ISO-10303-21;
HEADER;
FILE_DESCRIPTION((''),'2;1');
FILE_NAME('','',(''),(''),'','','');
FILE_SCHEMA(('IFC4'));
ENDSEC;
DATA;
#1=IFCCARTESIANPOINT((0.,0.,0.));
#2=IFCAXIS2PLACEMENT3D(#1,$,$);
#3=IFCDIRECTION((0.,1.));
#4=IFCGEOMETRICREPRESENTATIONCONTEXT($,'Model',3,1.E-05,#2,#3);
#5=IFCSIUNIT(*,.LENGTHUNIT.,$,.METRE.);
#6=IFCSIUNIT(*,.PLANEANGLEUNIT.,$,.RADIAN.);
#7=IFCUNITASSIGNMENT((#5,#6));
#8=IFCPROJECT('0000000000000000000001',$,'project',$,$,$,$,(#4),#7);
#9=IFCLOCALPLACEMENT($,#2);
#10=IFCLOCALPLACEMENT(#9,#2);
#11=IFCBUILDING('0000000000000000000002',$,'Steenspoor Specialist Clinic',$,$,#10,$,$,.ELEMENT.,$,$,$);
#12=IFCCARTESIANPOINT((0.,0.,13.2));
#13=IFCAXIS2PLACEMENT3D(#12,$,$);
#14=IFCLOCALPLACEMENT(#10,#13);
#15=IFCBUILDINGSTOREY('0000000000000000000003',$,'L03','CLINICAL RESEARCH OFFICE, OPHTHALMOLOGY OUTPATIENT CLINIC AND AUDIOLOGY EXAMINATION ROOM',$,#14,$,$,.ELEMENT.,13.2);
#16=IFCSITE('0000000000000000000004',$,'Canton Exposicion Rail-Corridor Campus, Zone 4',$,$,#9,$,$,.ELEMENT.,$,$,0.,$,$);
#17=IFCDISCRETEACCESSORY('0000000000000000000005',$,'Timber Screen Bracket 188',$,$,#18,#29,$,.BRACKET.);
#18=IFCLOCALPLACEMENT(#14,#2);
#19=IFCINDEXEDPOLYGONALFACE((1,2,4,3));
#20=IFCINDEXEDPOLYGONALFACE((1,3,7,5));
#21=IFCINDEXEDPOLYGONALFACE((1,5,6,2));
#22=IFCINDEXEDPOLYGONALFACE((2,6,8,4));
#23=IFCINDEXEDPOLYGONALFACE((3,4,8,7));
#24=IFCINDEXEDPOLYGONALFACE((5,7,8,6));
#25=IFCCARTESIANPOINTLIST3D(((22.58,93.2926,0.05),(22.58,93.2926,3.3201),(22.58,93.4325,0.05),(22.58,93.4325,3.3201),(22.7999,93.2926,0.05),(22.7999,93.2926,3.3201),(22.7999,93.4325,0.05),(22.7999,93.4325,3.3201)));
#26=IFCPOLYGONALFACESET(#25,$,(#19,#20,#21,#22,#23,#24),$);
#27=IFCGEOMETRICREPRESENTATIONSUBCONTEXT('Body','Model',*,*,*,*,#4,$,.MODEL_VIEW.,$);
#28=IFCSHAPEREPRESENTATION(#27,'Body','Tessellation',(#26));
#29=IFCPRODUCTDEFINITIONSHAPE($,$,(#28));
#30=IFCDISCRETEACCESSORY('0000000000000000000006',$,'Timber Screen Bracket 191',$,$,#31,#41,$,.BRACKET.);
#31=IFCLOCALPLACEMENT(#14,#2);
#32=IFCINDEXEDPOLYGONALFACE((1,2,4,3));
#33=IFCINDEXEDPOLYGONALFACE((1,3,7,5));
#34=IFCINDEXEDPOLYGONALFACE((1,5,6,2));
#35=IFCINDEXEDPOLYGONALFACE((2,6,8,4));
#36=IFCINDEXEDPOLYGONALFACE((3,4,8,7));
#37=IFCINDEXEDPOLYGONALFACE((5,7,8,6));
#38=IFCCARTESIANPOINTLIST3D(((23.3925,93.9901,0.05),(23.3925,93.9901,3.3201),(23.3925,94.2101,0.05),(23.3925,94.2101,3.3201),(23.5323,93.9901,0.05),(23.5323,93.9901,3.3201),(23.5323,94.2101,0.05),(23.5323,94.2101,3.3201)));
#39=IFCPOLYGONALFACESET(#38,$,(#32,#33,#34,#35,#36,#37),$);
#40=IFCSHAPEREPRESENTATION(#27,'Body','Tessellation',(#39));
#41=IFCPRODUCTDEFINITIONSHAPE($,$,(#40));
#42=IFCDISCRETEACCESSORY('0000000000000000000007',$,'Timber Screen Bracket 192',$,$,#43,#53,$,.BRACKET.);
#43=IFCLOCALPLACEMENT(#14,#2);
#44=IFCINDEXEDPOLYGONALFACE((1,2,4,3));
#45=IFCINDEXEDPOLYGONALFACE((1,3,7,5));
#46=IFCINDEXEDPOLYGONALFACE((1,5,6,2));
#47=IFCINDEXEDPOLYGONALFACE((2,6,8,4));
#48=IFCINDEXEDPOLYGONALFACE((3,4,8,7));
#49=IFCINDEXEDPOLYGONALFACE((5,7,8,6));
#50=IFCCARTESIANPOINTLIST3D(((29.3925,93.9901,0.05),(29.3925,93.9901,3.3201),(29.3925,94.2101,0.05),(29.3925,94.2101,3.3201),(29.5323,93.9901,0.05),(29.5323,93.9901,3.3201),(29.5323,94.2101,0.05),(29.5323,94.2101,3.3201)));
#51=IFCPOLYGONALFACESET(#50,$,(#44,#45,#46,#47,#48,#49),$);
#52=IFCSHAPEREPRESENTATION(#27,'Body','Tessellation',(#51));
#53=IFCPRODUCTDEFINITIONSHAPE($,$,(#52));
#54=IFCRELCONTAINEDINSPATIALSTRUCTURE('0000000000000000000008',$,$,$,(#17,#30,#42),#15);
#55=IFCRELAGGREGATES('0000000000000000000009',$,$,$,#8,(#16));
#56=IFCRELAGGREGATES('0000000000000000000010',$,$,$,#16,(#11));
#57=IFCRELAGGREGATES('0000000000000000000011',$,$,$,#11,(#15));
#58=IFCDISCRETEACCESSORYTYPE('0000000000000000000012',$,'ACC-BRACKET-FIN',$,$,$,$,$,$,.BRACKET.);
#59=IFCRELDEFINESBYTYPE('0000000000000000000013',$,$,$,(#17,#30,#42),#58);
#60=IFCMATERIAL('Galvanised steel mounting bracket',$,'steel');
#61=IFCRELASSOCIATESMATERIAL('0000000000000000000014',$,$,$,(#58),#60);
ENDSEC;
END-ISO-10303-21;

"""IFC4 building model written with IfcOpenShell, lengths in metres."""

from ifc_helpers import new_model, si_unit, direction, frame, origin, origin_2d, place, context, subcontext, project, spatial, rectangle, extrude, material, type_object, element, save


model = new_model("IFC4")

# Units and contexts
model_context = context("Model", 3, precision=1e-05, world=origin(), true_north=direction((0.0, 1.0)))
body_context = subcontext(model_context, "Body", "Model", "MODEL_VIEW")
ifc_project = project(units=[si_unit("LENGTHUNIT", "METRE"), si_unit("PLANEANGLEUNIT", "RADIAN")], contexts=[model_context])

# Site, building, storey
site_placement = place(None, origin())
site = spatial("IfcSite", under=ifc_project, at=site_placement, Name="Canton Exposicion Rail-Corridor Campus, Zone 4", CompositionType="ELEMENT", RefElevation=0.0)
building_placement = place(site_placement, origin())
building = spatial("IfcBuilding", under=site, at=building_placement, Name="Steenspoor Specialist Clinic", CompositionType="ELEMENT")
storey_placement = place(building_placement, frame((0.0, 0.0, 13.2)))
storey = spatial("IfcBuildingStorey", under=building, at=storey_placement, Name="L03", Description="CLINICAL RESEARCH OFFICE, OPHTHALMOLOGY OUTPATIENT CLINIC AND AUDIOLOGY EXAMINATION ROOM", CompositionType="ELEMENT", Elevation=13.2)

# Discrete accessories
ifc_material_1 = material(Name="Galvanised steel mounting bracket", Category="steel")
discrete_accessory_type = type_object("IfcDiscreteAccessoryType", Name="ACC-BRACKET-FIN", PredefinedType="BRACKET", material=ifc_material_1)
for number, where, z_axis, x_axis, name in (
    (1, (22.6899, 93.3625, 0.05), (0.0, 0.0, 1.0), (-1.0, 0.0, 0.0), "Timber Screen Bracket 188"),
    (2, (23.4624, 94.1001, 0.05), (0.0, 0.0, 1.0), (0.0, 1.0, 0.0), "Timber Screen Bracket 191"),
    (3, (29.4624, 94.1001, 0.05), (0.0, 0.0, 1.0), (0.0, 1.0, 0.0), "Timber Screen Bracket 192"),
):
    element("IfcDiscreteAccessory", number, at=place(storey_placement, frame(where, z_axis=z_axis, x_axis=x_axis)), inside=storey, type_object=discrete_accessory_type, Name=name, PredefinedType="BRACKET", context=body_context, shape_type="SweptSolid", body=[
        extrude(rectangle(XDim=0.22, YDim=0.1399, at=origin_2d()), origin(), (0.0, 0.0, 1.0), 3.27),
    ])

save(model, "model.ifc")
